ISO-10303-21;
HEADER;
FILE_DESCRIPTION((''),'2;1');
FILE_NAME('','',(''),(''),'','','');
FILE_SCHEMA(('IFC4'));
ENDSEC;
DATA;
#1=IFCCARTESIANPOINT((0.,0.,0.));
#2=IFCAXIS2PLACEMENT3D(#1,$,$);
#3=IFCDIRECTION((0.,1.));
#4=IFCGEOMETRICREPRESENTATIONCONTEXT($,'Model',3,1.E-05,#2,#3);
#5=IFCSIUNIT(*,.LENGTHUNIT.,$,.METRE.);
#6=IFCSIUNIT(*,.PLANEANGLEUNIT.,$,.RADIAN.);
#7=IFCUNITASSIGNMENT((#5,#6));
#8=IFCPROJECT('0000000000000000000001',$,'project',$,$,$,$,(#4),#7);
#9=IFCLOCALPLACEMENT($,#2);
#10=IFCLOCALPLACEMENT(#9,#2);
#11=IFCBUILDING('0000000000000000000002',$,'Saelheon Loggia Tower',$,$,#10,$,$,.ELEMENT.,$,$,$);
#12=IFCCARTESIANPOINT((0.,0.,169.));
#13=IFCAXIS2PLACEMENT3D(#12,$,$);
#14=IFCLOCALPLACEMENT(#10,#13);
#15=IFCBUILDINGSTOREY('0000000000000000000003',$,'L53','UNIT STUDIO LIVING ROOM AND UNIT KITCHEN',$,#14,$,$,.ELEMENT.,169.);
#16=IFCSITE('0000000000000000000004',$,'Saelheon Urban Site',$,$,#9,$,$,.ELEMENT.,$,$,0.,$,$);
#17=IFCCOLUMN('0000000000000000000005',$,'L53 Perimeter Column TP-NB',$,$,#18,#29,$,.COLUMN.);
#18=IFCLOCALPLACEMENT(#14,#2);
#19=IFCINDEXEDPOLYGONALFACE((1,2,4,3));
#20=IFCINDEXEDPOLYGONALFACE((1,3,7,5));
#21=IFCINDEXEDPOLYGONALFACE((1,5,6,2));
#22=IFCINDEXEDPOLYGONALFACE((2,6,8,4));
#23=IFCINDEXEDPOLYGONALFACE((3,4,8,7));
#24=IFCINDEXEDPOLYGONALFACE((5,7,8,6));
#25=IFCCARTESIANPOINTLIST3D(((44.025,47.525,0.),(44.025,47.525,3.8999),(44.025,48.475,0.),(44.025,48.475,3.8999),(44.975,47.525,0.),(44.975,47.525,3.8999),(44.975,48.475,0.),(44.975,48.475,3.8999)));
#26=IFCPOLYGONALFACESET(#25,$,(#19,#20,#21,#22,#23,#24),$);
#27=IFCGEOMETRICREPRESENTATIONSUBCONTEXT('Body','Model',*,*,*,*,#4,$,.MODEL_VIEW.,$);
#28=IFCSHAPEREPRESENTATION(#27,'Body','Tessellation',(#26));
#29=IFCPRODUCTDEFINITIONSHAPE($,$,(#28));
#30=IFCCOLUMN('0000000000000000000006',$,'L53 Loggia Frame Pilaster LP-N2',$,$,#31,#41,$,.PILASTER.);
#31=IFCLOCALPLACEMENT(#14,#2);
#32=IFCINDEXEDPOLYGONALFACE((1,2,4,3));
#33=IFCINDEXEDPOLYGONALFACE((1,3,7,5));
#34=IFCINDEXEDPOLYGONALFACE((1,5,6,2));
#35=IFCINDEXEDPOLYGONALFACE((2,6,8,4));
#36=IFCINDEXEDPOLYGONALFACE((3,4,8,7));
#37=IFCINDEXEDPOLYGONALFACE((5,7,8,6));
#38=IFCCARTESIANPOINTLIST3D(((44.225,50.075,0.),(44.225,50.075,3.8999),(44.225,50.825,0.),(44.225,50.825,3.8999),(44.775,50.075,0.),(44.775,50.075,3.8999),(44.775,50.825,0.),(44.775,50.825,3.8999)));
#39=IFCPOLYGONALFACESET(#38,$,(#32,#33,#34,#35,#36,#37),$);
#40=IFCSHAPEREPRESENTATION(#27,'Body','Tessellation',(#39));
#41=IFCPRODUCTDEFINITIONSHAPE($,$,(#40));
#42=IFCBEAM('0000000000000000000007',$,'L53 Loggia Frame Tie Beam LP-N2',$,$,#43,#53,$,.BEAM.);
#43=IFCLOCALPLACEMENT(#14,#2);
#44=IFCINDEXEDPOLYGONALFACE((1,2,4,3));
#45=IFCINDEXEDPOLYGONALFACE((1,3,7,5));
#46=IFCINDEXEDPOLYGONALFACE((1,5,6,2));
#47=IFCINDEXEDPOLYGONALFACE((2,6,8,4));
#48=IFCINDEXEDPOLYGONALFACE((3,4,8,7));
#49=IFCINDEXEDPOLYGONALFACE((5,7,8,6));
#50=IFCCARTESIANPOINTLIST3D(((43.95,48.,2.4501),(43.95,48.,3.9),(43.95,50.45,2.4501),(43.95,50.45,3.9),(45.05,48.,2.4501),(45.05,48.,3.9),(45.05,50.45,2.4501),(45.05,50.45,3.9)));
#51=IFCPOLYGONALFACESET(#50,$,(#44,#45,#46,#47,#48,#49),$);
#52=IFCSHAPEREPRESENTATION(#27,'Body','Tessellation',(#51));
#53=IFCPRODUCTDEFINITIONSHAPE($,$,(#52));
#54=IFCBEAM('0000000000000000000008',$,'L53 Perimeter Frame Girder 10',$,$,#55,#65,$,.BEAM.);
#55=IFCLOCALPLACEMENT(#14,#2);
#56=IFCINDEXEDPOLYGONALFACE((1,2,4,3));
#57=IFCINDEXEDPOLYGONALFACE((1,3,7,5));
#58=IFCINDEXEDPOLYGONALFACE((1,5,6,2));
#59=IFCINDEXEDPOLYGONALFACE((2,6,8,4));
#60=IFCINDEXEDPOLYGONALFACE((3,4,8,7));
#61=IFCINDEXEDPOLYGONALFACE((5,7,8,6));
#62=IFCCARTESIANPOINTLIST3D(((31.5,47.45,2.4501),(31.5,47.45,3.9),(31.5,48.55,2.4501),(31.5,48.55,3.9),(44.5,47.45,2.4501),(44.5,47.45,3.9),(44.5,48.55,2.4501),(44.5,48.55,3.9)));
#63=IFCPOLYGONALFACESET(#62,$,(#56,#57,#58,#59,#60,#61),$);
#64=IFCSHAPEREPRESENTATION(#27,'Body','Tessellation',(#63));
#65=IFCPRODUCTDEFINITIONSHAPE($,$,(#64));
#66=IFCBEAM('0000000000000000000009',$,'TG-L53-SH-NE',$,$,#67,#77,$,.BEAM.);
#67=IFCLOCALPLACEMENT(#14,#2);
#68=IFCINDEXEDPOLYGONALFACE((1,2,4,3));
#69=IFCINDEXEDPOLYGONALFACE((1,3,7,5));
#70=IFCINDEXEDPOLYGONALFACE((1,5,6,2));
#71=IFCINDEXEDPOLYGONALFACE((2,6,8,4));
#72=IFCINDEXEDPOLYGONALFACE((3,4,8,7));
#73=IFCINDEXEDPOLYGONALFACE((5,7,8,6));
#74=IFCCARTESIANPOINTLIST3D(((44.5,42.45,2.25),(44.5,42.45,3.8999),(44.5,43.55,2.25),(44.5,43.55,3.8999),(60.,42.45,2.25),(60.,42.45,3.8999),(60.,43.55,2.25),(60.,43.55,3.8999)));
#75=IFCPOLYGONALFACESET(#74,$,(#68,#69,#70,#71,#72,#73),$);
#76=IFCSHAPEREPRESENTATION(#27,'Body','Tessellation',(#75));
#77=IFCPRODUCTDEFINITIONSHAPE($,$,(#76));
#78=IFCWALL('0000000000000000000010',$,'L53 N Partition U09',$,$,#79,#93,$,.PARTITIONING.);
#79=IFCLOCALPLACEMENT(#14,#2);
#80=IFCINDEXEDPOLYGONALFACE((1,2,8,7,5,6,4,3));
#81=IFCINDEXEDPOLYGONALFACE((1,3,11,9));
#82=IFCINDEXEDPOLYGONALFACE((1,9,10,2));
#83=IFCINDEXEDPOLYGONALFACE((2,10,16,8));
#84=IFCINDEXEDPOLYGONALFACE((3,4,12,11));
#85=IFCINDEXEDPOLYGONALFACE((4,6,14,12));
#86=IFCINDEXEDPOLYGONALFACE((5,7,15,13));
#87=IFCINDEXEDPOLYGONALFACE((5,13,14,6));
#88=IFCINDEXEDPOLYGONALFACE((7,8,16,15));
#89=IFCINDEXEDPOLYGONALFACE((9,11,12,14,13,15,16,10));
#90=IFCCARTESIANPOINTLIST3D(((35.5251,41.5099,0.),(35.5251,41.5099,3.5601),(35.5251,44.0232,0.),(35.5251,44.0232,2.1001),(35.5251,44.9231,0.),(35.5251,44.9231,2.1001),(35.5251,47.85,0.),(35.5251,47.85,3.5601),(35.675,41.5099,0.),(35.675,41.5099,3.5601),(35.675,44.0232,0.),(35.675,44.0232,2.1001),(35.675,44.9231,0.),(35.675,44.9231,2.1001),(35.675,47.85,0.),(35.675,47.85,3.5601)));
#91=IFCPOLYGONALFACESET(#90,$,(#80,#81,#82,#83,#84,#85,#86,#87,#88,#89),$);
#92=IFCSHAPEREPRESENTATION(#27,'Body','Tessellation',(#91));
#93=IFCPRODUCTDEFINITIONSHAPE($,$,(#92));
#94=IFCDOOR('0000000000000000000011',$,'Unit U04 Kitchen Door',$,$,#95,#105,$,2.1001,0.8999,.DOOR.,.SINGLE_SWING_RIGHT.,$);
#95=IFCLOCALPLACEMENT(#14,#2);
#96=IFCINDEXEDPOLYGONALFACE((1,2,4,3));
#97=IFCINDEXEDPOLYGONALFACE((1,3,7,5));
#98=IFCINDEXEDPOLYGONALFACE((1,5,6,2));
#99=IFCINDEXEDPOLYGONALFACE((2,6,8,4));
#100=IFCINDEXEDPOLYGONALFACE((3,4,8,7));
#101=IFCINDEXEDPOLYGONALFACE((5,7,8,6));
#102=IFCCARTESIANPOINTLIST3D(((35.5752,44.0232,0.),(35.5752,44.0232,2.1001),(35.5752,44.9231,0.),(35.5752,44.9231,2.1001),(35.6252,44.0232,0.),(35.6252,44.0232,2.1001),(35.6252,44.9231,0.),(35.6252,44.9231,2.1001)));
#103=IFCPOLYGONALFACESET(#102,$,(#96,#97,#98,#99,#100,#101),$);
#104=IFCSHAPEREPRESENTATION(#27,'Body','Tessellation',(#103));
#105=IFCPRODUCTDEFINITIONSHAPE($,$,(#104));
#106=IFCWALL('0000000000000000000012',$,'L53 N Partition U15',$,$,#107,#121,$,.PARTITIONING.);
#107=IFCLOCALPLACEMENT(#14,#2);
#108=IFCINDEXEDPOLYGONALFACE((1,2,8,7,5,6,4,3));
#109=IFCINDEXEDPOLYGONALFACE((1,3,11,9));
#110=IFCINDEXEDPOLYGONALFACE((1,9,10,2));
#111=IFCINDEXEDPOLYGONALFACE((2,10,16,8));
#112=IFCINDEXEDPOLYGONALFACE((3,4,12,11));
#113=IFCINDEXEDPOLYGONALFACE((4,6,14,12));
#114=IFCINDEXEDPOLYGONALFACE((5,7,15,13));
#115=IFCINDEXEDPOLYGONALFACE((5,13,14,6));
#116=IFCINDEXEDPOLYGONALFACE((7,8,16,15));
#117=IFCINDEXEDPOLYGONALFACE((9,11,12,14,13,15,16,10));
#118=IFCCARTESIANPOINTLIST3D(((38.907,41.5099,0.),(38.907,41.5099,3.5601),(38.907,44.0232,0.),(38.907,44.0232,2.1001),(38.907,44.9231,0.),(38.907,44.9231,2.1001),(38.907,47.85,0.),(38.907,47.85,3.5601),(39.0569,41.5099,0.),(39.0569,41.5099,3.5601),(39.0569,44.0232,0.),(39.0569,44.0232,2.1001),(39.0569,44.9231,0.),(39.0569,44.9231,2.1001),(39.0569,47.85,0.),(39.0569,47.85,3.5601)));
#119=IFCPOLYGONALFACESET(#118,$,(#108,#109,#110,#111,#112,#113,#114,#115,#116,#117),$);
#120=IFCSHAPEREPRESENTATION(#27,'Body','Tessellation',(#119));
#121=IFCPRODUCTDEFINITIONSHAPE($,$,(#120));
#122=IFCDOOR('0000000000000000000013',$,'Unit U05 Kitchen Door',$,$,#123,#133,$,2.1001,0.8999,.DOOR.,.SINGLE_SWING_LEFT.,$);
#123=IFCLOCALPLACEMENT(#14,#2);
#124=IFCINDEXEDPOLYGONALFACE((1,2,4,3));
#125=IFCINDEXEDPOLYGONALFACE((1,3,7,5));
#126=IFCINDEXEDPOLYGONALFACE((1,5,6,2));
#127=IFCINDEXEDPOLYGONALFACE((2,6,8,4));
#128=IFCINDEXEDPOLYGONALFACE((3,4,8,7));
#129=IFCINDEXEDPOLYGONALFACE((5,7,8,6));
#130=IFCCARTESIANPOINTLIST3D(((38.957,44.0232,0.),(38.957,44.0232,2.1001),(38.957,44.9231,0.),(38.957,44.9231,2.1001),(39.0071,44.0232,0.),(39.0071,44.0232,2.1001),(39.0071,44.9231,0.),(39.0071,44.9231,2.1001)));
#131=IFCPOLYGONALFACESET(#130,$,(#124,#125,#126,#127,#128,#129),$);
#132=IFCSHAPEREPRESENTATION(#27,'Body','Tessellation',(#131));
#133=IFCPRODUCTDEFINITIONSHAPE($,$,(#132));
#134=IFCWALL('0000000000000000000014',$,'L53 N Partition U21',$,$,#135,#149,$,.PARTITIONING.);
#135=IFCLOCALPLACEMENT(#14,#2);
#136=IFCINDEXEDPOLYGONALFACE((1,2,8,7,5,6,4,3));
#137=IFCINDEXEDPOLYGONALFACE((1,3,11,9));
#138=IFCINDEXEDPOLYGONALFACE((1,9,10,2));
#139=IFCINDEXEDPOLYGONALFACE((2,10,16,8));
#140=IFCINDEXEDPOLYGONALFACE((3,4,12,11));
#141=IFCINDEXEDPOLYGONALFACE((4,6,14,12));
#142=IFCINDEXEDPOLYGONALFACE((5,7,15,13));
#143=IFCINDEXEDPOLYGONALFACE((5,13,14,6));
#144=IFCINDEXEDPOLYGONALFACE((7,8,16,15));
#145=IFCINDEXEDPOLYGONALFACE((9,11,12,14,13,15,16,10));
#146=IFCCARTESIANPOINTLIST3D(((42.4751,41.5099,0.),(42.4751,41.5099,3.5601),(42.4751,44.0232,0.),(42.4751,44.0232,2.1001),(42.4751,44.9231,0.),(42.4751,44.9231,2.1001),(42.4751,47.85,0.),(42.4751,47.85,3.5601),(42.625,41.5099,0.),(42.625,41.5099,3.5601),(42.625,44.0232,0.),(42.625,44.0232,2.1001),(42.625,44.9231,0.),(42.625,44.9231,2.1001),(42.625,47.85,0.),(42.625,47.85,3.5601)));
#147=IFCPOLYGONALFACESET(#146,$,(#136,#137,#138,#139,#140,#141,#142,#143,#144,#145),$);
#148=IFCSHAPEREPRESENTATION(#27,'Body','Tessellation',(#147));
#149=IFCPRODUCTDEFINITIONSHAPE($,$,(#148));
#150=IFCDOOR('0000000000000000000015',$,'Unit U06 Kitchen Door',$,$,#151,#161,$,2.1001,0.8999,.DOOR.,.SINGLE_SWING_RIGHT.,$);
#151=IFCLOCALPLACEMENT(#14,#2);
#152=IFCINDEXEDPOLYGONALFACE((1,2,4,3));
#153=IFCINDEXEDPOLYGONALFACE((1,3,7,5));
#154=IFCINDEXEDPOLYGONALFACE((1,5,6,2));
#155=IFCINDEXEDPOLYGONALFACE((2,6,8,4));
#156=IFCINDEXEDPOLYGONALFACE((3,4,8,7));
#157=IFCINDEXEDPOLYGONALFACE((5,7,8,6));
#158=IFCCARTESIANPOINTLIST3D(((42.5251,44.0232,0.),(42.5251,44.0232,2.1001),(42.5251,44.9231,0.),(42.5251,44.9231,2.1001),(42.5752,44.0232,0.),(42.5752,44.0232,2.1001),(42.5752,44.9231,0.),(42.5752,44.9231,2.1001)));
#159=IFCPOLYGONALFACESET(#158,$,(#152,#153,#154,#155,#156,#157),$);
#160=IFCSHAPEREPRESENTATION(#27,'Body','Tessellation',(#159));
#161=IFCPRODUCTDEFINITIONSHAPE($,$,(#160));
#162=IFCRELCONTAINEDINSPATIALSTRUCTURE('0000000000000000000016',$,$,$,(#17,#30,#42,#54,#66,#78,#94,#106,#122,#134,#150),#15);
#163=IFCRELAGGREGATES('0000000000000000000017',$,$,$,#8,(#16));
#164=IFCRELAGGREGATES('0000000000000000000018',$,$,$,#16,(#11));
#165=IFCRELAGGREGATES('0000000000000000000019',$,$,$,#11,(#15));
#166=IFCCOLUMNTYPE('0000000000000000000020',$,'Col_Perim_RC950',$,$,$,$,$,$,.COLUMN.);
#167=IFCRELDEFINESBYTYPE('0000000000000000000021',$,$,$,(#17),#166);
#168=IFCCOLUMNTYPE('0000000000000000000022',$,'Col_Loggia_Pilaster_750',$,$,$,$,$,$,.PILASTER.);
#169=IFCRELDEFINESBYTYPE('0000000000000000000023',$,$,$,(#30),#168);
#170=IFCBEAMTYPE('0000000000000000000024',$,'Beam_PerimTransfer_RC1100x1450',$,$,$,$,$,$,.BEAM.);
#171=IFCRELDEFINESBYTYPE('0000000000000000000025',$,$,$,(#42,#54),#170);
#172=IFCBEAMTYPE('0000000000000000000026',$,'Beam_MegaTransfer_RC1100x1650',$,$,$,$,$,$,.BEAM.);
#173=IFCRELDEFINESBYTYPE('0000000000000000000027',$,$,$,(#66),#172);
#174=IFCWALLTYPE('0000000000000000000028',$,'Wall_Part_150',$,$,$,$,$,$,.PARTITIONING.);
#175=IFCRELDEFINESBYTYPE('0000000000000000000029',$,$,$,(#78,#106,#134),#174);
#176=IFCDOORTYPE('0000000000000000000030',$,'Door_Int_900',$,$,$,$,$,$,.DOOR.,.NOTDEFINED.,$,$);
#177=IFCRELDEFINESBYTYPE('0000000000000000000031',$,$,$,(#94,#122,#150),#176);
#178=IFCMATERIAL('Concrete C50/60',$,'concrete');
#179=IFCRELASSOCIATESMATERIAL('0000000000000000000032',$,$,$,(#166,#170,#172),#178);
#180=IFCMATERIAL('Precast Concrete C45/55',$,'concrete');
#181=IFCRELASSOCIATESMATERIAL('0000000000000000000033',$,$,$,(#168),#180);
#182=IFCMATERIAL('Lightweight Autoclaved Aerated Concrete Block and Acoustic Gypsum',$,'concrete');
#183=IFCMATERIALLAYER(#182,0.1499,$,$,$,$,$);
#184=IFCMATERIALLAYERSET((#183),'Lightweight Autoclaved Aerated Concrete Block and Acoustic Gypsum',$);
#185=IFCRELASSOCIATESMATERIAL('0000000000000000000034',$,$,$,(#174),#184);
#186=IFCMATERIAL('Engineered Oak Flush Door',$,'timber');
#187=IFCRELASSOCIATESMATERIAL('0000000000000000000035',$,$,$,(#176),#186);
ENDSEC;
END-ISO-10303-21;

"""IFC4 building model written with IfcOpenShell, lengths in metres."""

from ifc_helpers import new_model, si_unit, direction, frame, frame_2d, origin, origin_2d, place, context, subcontext, project, spatial, rectangle, extrude, source, transform, mapped, material, layer, layer_set, material_profile, profile_set, type_object, element, fill, save


model = new_model("IFC4")

# Units and contexts
model_context = context("Model", 3, precision=1e-05, world=origin(), true_north=direction((0.0, 1.0)))
body_context = subcontext(model_context, "Body", "Model", "MODEL_VIEW")
ifc_project = project(units=[si_unit("LENGTHUNIT", "METRE"), si_unit("PLANEANGLEUNIT", "RADIAN")], contexts=[model_context])

# Site, building, storey
site_placement = place(None, origin())
site = spatial("IfcSite", under=ifc_project, at=site_placement, Name="Saelheon Urban Site", CompositionType="ELEMENT", RefElevation=0.0)
building_placement = place(site_placement, origin())
building = spatial("IfcBuilding", under=site, at=building_placement, Name="Saelheon Loggia Tower", CompositionType="ELEMENT")
storey_placement = place(building_placement, frame((0.0, 0.0, 169.0)))
storey = spatial("IfcBuildingStorey", under=building, at=storey_placement, Name="L53", Description="UNIT STUDIO LIVING ROOM AND UNIT KITCHEN", CompositionType="ELEMENT", Elevation=169.0)

# Columns
ifc_material_1 = material(Name="Concrete C50/60", Category="concrete")
ifc_material_profile_1 = material_profile(ifc_material_1, rectangle(XDim=0.95, YDim=0.95, at=origin_2d()), Name="RC-950x950")
ifc_profile_set_1 = profile_set([ifc_material_profile_1], Name="Concrete C50/60")
column_type_1 = type_object("IfcColumnType", Name="Col_Perim_RC950", PredefinedType="COLUMN", material=ifc_profile_set_1)
shared_shape_1 = source(origin(), body_context, "Body", "SweptSolid", [
    extrude(rectangle(XDim=0.95, YDim=0.95, at=origin_2d()), origin(), (0.0, 0.0, 1.0), 3.8999),
])
column_1_placement = place(storey_placement, frame((44.5, 48.0, 0.0), z_axis=(0.0, 0.0, 1.0), x_axis=(1.0, 0.0, 0.0)))
element("IfcColumn", 1, at=column_1_placement, inside=storey, type_object=column_type_1, Name="L53 Perimeter Column TP-NB", PredefinedType="COLUMN", context=body_context, shape_type="MappedRepresentation", body=[
    mapped(shared_shape_1, transform((0.0, 0.0, 0.0), scale=1.0)),
])
ifc_material_2 = material(Name="Precast Concrete C45/55", Category="concrete")
ifc_material_profile_2 = material_profile(ifc_material_2, rectangle(XDim=0.55, YDim=0.75, at=origin_2d()), Name="RC-550x750")
ifc_profile_set_2 = profile_set([ifc_material_profile_2], Name="Precast Concrete C45/55")
column_type_2 = type_object("IfcColumnType", Name="Col_Loggia_Pilaster_750", PredefinedType="PILASTER", material=ifc_profile_set_2)
shared_shape_2 = source(origin(), body_context, "Body", "SweptSolid", [
    extrude(rectangle(XDim=0.55, YDim=0.75, at=origin_2d()), origin(), (0.0, 0.0, 1.0), 3.8999),
])
column_2_placement = place(storey_placement, frame((44.5, 50.45, 0.0), z_axis=(0.0, 0.0, 1.0), x_axis=(1.0, 0.0, 0.0)))
element("IfcColumn", 2, at=column_2_placement, inside=storey, type_object=column_type_2, Name="L53 Loggia Frame Pilaster LP-N2", PredefinedType="PILASTER", context=body_context, shape_type="MappedRepresentation", body=[
    mapped(shared_shape_2, transform((0.0, 0.0, 0.0), scale=1.0)),
])

# Beams
ifc_material_profile_3 = material_profile(ifc_material_1, rectangle(XDim=1.1001, YDim=1.45, at=origin_2d()), Name="RC-1100x1450")
ifc_profile_set_3 = profile_set([ifc_material_profile_3], Name="Concrete C50/60")
beam_type_1 = type_object("IfcBeamType", Name="Beam_PerimTransfer_RC1100x1450", PredefinedType="BEAM", material=ifc_profile_set_3)
shared_shape_3 = source(origin(), body_context, "Body", "SweptSolid", [
    extrude(rectangle(XDim=1.1001, YDim=1.45, at=origin_2d()), origin(), (0.0, 0.0, 1.0), 2.45),
])
beam_1_placement = place(storey_placement, frame((44.5, 48.0, 3.175), z_axis=(0.0, 1.0, 0.0), x_axis=(-1.0, 0.0, 0.0)))
element("IfcBeam", 3, at=beam_1_placement, inside=storey, type_object=beam_type_1, Name="L53 Loggia Frame Tie Beam LP-N2", PredefinedType="BEAM", context=body_context, shape_type="MappedRepresentation", body=[
    mapped(shared_shape_3, transform((0.0, 0.0, 0.0), scale=1.0)),
])
shared_shape_4 = source(origin(), body_context, "Body", "SweptSolid", [
    extrude(rectangle(XDim=1.1001, YDim=1.45, at=origin_2d()), origin(), (0.0, 0.0, 1.0), 13.0),
])
beam_2_placement = place(storey_placement, frame((44.5, 48.0, 3.175), z_axis=(-1.0, 0.0, 0.0), x_axis=(0.0, -1.0, 0.0)))
element("IfcBeam", 4, at=beam_2_placement, inside=storey, type_object=beam_type_1, Name="L53 Perimeter Frame Girder 10", PredefinedType="BEAM", context=body_context, shape_type="MappedRepresentation", body=[
    mapped(shared_shape_4, transform((0.0, 0.0, 0.0), scale=1.0)),
])
ifc_material_profile_4 = material_profile(ifc_material_1, rectangle(XDim=1.1001, YDim=1.6499, at=origin_2d()), Name="RC-1100x1650")
ifc_profile_set_4 = profile_set([ifc_material_profile_4], Name="Concrete C50/60")
beam_type_2 = type_object("IfcBeamType", Name="Beam_MegaTransfer_RC1100x1650", PredefinedType="BEAM", material=ifc_profile_set_4)
shared_shape_5 = source(origin(), body_context, "Body", "SweptSolid", [
    extrude(rectangle(XDim=1.1001, YDim=1.6499, at=origin_2d()), origin(), (0.0, 0.0, 1.0), 15.5),
])
beam_3_placement = place(storey_placement, frame((44.5, 43.0, 3.075), z_axis=(1.0, 0.0, 0.0), x_axis=(0.0, 1.0, 0.0)))
element("IfcBeam", 5, at=beam_3_placement, inside=storey, type_object=beam_type_2, Name="TG-L53-SH-NE", PredefinedType="BEAM", context=body_context, shape_type="MappedRepresentation", body=[
    mapped(shared_shape_5, transform((0.0, 0.0, 0.0), scale=1.0)),
])

# Walls, openings, doors
ifc_material_3 = material(Name="Lightweight Autoclaved Aerated Concrete Block and Acoustic Gypsum", Category="concrete")
ifc_layer_1 = layer(ifc_material_3, 0.1499)
ifc_layer_set_1 = layer_set([ifc_layer_1], Name="Lightweight Autoclaved Aerated Concrete Block and Acoustic Gypsum")
wall_type_1 = type_object("IfcWallType", Name="Wall_Part_150", PredefinedType="PARTITIONING", material=ifc_layer_set_1)
wall_1_placement = place(storey_placement, frame((35.6001, 41.51, 0.0), z_axis=(0.0, 0.0, 1.0), x_axis=(0.0, 1.0, 0.0)))
wall_1 = element("IfcWall", 6, at=wall_1_placement, inside=storey, type_object=wall_type_1, Name="L53 N Partition U09", PredefinedType="PARTITIONING", context=body_context, shape_type="SweptSolid", body=[
    extrude(rectangle(XDim=6.3401, YDim=0.1499, at=frame_2d((3.1699, 0.0))), origin(), (0.0, 0.0, 1.0), 3.5601),
])
opening_1_placement = place(wall_1_placement, frame((2.5132, 0.0, 0.0)))
opening_1 = element("IfcOpeningElement", 7, at=opening_1_placement, cuts=wall_1, PredefinedType="OPENING", context=body_context, shape_type="SweptSolid", body=[
    extrude(rectangle(XDim=0.8999, YDim=2.1001, at=frame_2d((0.45, 1.05))), frame((0.0, 0.0869, 0.0), z_axis=(0.0, -1.0, 0.0), x_axis=(1.0, 0.0, 0.0)), (0.0, 0.0, 1.0), 0.1738),
])
ifc_material_4 = material(Name="Engineered Oak Flush Door", Category="timber")
door_type_1 = type_object("IfcDoorType", Name="Door_Int_900", OperationType="NOTDEFINED", PredefinedType="DOOR", material=ifc_material_4)
shared_shape_6 = source(origin(), body_context, "Body", "SweptSolid", [
    extrude(rectangle(XDim=0.8999, YDim=2.1001, at=frame_2d((0.45, 1.05))), frame((0.0, 0.0249, 0.0), z_axis=(0.0, -1.0, 0.0), x_axis=(1.0, 0.0, 0.0)), (0.0, 0.0, 1.0), 0.05),
])
door_1_placement = place(opening_1_placement, origin())
door_1 = element("IfcDoor", 8, at=door_1_placement, inside=storey, type_object=door_type_1, Name="Unit U04 Kitchen Door", OperationType="SINGLE_SWING_RIGHT", OverallHeight=2.1001, OverallWidth=0.8999, PredefinedType="DOOR", context=body_context, shape_type="MappedRepresentation", body=[
    mapped(shared_shape_6, transform((0.0, 0.0, 0.0), scale=1.0)),
])
fill(opening_1, door_1)
wall_2_placement = place(storey_placement, frame((38.9819, 41.51, 0.0), z_axis=(0.0, 0.0, 1.0), x_axis=(0.0, 1.0, 0.0)))
wall_2 = element("IfcWall", 9, at=wall_2_placement, inside=storey, type_object=wall_type_1, Name="L53 N Partition U15", PredefinedType="PARTITIONING", context=body_context, shape_type="SweptSolid", body=[
    extrude(rectangle(XDim=6.3401, YDim=0.1499, at=frame_2d((3.1699, 0.0))), origin(), (0.0, 0.0, 1.0), 3.5601),
])
opening_2_placement = place(wall_2_placement, frame((2.5132, 0.0, 0.0)))
opening_2 = element("IfcOpeningElement", 10, at=opening_2_placement, cuts=wall_2, PredefinedType="OPENING", context=body_context, shape_type="SweptSolid", body=[
    extrude(rectangle(XDim=0.8999, YDim=2.1001, at=frame_2d((0.45, 1.05))), frame((0.0, 0.0869, 0.0), z_axis=(0.0, -1.0, 0.0), x_axis=(1.0, 0.0, 0.0)), (0.0, 0.0, 1.0), 0.1738),
])
door_2_placement = place(opening_2_placement, origin())
door_2 = element("IfcDoor", 11, at=door_2_placement, inside=storey, type_object=door_type_1, Name="Unit U05 Kitchen Door", OperationType="SINGLE_SWING_LEFT", OverallHeight=2.1001, OverallWidth=0.8999, PredefinedType="DOOR", context=body_context, shape_type="MappedRepresentation", body=[
    mapped(shared_shape_6, transform((0.0, 0.0, 0.0), scale=1.0)),
])
fill(opening_2, door_2)
wall_3_placement = place(storey_placement, frame((42.55, 41.51, 0.0), z_axis=(0.0, 0.0, 1.0), x_axis=(0.0, 1.0, 0.0)))
wall_3 = element("IfcWall", 12, at=wall_3_placement, inside=storey, type_object=wall_type_1, Name="L53 N Partition U21", PredefinedType="PARTITIONING", context=body_context, shape_type="SweptSolid", body=[
    extrude(rectangle(XDim=6.3401, YDim=0.1499, at=frame_2d((3.1699, 0.0))), origin(), (0.0, 0.0, 1.0), 3.5601),
])
opening_3_placement = place(wall_3_placement, frame((2.5132, 0.0, 0.0)))
opening_3 = element("IfcOpeningElement", 13, at=opening_3_placement, cuts=wall_3, PredefinedType="OPENING", context=body_context, shape_type="SweptSolid", body=[
    extrude(rectangle(XDim=0.8999, YDim=2.1001, at=frame_2d((0.45, 1.05))), frame((0.0, 0.0869, 0.0), z_axis=(0.0, -1.0, 0.0), x_axis=(1.0, 0.0, 0.0)), (0.0, 0.0, 1.0), 0.1738),
])
door_3_placement = place(opening_3_placement, origin())
door_3 = element("IfcDoor", 14, at=door_3_placement, inside=storey, type_object=door_type_1, Name="Unit U06 Kitchen Door", OperationType="SINGLE_SWING_RIGHT", OverallHeight=2.1001, OverallWidth=0.8999, PredefinedType="DOOR", context=body_context, shape_type="MappedRepresentation", body=[
    mapped(shared_shape_6, transform((0.0, 0.0, 0.0), scale=1.0)),
])
fill(opening_3, door_3)

save(model, "model.ifc")
